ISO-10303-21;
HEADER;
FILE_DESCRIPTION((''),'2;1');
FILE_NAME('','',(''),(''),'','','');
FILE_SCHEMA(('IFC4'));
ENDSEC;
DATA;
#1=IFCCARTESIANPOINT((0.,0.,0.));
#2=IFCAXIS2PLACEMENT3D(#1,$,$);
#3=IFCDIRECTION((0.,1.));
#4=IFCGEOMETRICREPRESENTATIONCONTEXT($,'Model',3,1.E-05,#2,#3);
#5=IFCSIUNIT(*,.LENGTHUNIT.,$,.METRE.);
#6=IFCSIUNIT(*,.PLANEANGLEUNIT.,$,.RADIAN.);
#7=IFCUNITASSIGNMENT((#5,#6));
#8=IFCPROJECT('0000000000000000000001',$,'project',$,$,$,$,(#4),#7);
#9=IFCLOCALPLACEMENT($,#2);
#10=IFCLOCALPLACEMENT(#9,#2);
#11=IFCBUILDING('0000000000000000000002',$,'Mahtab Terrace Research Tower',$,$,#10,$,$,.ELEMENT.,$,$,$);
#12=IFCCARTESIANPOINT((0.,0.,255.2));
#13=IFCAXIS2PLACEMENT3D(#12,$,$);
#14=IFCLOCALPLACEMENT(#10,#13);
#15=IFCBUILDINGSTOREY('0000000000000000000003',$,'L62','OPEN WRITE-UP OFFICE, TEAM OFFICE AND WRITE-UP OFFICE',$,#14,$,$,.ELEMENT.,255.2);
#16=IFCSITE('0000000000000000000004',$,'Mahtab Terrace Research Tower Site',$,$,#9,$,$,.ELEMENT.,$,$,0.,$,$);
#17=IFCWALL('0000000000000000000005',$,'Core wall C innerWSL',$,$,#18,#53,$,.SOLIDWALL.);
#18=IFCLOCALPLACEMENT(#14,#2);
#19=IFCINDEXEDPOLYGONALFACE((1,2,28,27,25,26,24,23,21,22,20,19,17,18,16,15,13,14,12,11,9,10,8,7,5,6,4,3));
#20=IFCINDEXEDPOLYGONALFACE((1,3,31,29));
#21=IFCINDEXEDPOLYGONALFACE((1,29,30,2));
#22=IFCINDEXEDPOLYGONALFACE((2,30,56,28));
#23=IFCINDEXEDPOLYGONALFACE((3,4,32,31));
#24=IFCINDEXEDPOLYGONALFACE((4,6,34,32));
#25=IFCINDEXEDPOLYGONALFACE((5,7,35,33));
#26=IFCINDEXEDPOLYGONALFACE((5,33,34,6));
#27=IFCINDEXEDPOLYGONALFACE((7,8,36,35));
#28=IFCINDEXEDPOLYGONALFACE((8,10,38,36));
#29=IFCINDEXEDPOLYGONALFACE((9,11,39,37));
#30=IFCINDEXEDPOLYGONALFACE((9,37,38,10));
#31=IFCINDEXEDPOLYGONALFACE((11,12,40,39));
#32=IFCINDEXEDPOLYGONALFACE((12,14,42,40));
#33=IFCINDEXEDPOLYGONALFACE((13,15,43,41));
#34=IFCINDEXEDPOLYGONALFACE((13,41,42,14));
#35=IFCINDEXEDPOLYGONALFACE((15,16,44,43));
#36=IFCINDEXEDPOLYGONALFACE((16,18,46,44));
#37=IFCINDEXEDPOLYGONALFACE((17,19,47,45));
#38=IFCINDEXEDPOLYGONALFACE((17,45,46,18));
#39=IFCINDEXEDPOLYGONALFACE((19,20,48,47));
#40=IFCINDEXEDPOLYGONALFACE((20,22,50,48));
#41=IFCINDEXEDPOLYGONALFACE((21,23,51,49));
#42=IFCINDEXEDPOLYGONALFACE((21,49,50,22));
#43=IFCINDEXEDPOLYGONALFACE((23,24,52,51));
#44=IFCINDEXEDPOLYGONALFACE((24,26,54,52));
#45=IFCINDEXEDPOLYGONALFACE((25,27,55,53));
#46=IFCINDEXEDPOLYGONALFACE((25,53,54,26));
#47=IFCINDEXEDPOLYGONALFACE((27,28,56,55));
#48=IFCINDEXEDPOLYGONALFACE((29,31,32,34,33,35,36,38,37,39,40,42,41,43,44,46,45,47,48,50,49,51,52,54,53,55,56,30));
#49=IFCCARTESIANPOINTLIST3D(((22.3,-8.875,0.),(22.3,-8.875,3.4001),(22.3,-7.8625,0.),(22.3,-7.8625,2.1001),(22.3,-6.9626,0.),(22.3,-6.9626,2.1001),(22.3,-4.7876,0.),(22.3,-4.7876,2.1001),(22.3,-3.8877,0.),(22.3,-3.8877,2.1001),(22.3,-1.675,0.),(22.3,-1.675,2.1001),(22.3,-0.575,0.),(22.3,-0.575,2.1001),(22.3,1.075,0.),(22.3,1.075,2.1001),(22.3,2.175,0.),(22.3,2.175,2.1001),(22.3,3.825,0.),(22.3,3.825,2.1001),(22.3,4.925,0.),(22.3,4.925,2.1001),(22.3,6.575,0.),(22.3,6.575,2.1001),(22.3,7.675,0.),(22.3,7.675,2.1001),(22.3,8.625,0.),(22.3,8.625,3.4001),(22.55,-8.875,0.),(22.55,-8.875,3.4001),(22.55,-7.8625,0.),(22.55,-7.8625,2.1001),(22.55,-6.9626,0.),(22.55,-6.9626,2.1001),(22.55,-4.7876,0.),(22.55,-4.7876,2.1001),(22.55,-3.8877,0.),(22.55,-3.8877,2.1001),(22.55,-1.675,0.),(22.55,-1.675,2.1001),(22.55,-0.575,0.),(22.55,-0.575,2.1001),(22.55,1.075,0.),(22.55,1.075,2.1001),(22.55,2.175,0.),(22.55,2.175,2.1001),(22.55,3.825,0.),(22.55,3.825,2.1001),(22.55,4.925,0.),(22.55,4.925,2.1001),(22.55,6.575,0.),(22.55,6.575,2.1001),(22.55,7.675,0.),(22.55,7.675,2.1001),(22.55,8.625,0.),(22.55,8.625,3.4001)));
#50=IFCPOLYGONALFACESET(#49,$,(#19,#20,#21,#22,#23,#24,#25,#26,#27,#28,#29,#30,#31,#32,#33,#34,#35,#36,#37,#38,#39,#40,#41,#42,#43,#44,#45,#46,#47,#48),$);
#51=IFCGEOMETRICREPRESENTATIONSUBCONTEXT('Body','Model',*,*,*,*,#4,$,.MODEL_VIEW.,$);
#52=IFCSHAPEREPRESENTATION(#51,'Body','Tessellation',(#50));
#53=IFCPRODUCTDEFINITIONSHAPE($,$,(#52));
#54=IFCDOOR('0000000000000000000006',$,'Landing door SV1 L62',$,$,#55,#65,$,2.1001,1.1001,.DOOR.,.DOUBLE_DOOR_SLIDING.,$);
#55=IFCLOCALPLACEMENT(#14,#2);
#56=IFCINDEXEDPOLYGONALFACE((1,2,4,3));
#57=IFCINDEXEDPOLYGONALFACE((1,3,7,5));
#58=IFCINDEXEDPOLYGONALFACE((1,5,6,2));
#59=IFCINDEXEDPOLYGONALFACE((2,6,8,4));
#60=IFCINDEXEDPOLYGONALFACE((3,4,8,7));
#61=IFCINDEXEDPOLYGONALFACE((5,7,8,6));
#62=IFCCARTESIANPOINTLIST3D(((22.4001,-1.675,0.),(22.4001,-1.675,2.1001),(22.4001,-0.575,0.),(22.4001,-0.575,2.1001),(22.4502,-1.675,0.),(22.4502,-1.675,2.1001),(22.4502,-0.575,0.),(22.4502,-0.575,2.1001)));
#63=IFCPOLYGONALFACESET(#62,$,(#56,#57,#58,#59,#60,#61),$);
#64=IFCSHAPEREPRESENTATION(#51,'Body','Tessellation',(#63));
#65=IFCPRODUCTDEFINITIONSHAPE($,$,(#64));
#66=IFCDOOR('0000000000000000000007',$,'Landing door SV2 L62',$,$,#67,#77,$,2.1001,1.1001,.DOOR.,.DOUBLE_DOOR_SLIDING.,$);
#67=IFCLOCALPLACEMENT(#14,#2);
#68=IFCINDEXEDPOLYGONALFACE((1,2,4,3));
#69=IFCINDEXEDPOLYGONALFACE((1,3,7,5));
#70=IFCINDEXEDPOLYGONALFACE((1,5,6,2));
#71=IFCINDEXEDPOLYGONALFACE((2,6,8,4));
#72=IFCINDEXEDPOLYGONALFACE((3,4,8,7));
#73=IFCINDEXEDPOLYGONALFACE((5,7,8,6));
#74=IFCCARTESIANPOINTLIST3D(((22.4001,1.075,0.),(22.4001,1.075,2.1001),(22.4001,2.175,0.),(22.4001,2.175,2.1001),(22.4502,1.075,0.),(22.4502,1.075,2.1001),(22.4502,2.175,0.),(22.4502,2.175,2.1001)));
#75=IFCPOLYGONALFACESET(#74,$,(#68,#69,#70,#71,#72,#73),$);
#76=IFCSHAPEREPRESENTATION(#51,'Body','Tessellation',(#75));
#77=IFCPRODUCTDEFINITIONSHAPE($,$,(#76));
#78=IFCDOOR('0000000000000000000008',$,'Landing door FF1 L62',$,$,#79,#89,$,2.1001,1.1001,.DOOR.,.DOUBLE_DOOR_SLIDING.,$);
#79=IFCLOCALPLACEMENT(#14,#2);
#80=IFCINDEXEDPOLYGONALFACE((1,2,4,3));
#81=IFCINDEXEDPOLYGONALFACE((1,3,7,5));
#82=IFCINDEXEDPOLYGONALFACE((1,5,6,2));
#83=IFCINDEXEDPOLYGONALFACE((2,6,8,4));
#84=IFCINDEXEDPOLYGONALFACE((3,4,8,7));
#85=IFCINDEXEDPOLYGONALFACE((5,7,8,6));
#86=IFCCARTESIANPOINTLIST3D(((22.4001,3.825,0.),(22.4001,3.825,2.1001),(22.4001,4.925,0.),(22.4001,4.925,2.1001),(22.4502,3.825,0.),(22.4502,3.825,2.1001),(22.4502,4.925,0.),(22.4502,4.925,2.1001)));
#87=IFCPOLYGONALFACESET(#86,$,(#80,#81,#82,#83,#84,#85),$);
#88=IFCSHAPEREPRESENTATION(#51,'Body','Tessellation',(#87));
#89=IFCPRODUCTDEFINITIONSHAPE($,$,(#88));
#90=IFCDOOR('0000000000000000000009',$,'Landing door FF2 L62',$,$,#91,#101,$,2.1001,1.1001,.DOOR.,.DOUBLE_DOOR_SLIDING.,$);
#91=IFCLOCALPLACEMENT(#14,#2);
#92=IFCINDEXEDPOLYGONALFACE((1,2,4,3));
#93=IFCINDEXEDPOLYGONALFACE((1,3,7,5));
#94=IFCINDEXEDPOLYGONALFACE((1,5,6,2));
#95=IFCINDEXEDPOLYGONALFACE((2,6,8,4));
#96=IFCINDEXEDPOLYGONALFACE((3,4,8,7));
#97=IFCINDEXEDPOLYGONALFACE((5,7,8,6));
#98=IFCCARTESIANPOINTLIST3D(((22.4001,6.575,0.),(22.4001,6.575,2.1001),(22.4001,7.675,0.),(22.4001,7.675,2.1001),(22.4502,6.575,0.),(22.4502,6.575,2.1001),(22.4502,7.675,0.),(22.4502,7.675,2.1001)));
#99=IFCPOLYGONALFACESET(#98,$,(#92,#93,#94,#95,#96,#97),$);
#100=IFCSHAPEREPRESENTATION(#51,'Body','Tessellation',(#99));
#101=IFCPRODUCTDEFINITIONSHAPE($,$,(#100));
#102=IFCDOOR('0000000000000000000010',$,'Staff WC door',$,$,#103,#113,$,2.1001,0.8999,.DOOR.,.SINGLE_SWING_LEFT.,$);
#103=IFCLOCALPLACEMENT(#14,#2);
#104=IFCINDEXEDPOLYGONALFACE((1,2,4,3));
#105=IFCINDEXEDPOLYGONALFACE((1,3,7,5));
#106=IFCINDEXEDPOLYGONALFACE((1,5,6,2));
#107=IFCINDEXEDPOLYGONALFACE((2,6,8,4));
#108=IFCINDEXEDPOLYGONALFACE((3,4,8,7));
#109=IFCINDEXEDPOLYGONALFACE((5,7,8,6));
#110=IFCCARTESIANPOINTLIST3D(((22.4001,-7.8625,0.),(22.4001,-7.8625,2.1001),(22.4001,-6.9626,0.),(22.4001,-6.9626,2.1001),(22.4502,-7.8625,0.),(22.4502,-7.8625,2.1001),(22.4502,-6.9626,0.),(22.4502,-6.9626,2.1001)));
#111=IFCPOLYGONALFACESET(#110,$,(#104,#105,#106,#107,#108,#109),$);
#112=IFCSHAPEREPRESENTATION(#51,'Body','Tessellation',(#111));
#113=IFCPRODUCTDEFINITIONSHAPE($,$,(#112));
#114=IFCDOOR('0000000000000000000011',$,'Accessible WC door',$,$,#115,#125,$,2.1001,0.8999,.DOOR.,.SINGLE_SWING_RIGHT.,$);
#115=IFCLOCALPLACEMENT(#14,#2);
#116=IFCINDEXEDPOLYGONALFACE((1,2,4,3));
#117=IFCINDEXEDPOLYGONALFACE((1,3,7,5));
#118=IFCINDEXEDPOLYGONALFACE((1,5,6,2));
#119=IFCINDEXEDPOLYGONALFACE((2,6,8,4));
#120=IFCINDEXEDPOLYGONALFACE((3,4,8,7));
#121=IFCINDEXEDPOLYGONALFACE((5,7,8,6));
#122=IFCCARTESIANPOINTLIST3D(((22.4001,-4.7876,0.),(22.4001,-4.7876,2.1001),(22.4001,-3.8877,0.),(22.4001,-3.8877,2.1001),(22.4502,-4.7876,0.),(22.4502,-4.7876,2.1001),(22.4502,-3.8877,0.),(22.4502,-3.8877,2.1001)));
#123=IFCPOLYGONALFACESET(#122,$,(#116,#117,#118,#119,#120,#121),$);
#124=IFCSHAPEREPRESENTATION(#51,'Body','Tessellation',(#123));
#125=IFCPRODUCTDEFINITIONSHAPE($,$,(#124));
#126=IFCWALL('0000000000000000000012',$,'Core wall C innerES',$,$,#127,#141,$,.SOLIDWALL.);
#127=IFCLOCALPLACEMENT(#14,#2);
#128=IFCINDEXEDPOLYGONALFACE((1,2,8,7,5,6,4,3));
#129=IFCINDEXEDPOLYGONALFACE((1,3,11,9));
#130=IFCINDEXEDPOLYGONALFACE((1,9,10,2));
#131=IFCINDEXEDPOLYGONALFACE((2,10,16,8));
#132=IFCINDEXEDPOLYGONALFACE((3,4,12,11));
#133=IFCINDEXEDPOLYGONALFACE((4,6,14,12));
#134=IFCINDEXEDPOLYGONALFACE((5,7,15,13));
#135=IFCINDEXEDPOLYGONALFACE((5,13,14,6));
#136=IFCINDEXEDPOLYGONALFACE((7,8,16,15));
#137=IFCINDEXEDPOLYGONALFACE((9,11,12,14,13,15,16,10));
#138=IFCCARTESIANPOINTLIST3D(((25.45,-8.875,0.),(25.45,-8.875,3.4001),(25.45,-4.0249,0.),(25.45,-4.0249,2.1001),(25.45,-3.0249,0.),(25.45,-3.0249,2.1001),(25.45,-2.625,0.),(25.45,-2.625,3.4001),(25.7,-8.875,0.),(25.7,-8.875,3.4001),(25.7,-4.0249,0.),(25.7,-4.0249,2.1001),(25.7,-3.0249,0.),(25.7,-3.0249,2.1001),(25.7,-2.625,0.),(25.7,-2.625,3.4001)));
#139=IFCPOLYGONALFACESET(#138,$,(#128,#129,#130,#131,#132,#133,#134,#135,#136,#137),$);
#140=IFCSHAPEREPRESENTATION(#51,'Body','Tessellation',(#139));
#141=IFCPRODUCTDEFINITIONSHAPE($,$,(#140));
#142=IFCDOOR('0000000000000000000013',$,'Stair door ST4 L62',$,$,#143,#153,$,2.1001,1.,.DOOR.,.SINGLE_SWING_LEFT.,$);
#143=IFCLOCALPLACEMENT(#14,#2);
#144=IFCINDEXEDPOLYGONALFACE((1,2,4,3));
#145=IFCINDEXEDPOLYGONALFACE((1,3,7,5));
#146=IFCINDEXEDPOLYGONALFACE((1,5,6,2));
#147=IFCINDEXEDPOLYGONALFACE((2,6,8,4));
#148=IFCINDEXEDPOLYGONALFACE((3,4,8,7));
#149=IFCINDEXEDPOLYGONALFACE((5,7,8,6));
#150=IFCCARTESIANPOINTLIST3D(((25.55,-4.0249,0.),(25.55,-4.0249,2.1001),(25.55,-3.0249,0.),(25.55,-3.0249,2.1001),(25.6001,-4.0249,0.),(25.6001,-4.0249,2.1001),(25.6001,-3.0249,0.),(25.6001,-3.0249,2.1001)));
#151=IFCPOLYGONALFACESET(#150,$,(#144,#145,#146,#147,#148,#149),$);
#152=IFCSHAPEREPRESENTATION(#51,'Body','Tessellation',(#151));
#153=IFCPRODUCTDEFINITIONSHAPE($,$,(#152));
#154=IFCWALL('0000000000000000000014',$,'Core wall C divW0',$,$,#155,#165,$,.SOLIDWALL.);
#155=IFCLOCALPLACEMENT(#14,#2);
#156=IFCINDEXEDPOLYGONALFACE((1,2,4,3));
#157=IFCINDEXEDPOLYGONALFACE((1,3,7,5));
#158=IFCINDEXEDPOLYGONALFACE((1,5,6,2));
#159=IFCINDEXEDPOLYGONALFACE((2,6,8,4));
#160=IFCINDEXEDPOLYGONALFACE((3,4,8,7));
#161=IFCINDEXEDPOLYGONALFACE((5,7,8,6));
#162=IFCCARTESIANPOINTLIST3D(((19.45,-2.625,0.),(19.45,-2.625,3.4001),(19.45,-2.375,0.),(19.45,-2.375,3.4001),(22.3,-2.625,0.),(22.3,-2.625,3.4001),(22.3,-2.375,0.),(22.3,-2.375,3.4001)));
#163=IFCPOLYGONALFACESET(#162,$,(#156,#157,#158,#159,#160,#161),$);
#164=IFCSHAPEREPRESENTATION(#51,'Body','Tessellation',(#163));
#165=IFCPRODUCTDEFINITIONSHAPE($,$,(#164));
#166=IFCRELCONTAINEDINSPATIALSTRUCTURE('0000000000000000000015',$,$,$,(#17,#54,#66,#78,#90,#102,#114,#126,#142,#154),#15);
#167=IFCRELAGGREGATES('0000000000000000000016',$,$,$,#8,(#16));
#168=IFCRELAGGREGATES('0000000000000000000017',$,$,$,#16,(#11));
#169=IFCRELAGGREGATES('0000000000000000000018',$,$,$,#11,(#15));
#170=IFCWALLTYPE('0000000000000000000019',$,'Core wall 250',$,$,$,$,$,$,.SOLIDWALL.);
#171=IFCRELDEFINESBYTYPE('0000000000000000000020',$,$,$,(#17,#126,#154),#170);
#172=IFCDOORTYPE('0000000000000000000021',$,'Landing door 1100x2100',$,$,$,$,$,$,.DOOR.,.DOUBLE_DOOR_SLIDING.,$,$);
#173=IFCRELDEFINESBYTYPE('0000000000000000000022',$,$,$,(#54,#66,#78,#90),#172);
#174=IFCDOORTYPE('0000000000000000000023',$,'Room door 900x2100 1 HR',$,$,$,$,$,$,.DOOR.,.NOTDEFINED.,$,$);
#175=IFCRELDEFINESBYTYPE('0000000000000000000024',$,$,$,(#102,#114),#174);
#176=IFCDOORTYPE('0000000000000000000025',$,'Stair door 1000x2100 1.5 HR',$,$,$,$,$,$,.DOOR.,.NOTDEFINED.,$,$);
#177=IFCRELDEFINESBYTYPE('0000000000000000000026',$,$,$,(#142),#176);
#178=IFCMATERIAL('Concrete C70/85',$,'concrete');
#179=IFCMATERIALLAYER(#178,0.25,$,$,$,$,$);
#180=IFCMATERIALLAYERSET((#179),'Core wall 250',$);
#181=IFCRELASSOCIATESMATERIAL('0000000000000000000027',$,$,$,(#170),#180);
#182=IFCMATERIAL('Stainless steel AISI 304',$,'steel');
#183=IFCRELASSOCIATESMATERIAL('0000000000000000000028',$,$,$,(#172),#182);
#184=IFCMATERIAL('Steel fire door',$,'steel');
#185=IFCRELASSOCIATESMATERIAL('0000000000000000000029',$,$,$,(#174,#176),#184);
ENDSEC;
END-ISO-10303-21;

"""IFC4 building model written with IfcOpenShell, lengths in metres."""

from ifc_helpers import new_model, si_unit, direction, frame, frame_2d, origin, place, context, subcontext, project, spatial, rectangle, extrude, material, layer, layer_set, type_object, element, fill, save


model = new_model("IFC4")

# Units and contexts
model_context = context("Model", 3, precision=1e-05, world=origin(), true_north=direction((0.0, 1.0)))
body_context = subcontext(model_context, "Body", "Model", "MODEL_VIEW")
ifc_project = project(units=[si_unit("LENGTHUNIT", "METRE"), si_unit("PLANEANGLEUNIT", "RADIAN")], contexts=[model_context])

# Site, building, storey
site_placement = place(None, origin())
site = spatial("IfcSite", under=ifc_project, at=site_placement, Name="Mahtab Terrace Research Tower Site", CompositionType="ELEMENT", RefElevation=0.0)
building_placement = place(site_placement, origin())
building = spatial("IfcBuilding", under=site, at=building_placement, Name="Mahtab Terrace Research Tower", CompositionType="ELEMENT")
storey_placement = place(building_placement, frame((0.0, 0.0, 255.2)))
storey = spatial("IfcBuildingStorey", under=building, at=storey_placement, Name="L62", Description="OPEN WRITE-UP OFFICE, TEAM OFFICE AND WRITE-UP OFFICE", CompositionType="ELEMENT", Elevation=255.2)

# Wall, openings, doors
ifc_material_1 = material(Name="Concrete C70/85", Category="concrete")
ifc_layer_1 = layer(ifc_material_1, 0.25)
ifc_layer_set_1 = layer_set([ifc_layer_1], Name="Core wall 250")
wall_type_1 = type_object("IfcWallType", Name="Core wall 250", PredefinedType="SOLIDWALL", material=ifc_layer_set_1)
wall_1_placement = place(storey_placement, frame((22.425, -8.875, 0.0), z_axis=(0.0, 0.0, 1.0), x_axis=(0.0, 1.0, 0.0)))
wall_1 = element("IfcWall", 1, at=wall_1_placement, inside=storey, type_object=wall_type_1, Name="Core wall C innerWSL", PredefinedType="SOLIDWALL", context=body_context, shape_type="SweptSolid", body=[
    extrude(rectangle(XDim=17.5, YDim=0.25, at=frame_2d((8.75, 0.0))), origin(), (0.0, 0.0, 1.0), 3.4001),
])
opening_1_placement = place(wall_1_placement, frame((7.2, 0.0, 0.0)))
opening_1 = element("IfcOpeningElement", 2, at=opening_1_placement, cuts=wall_1, PredefinedType="OPENING", context=body_context, shape_type="SweptSolid", body=[
    extrude(rectangle(XDim=1.1001, YDim=2.1001, at=frame_2d((0.55, 1.05))), frame((0.0, 0.135, 0.0), z_axis=(0.0, -1.0, 0.0), x_axis=(1.0, 0.0, 0.0)), (0.0, 0.0, 1.0), 0.27),
])
opening_2_placement = place(wall_1_placement, frame((9.95, 0.0, 0.0)))
opening_2 = element("IfcOpeningElement", 3, at=opening_2_placement, cuts=wall_1, PredefinedType="OPENING", context=body_context, shape_type="SweptSolid", body=[
    extrude(rectangle(XDim=1.1001, YDim=2.1001, at=frame_2d((0.55, 1.05))), frame((0.0, 0.135, 0.0), z_axis=(0.0, -1.0, 0.0), x_axis=(1.0, 0.0, 0.0)), (0.0, 0.0, 1.0), 0.27),
])
opening_3_placement = place(wall_1_placement, frame((12.7, 0.0, 0.0)))
opening_3 = element("IfcOpeningElement", 4, at=opening_3_placement, cuts=wall_1, PredefinedType="OPENING", context=body_context, shape_type="SweptSolid", body=[
    extrude(rectangle(XDim=1.1001, YDim=2.1001, at=frame_2d((0.55, 1.05))), frame((0.0, 0.135, 0.0), z_axis=(0.0, -1.0, 0.0), x_axis=(1.0, 0.0, 0.0)), (0.0, 0.0, 1.0), 0.27),
])
opening_4_placement = place(wall_1_placement, frame((15.45, 0.0, 0.0)))
opening_4 = element("IfcOpeningElement", 5, at=opening_4_placement, cuts=wall_1, PredefinedType="OPENING", context=body_context, shape_type="SweptSolid", body=[
    extrude(rectangle(XDim=1.1001, YDim=2.1001, at=frame_2d((0.55, 1.05))), frame((0.0, 0.135, 0.0), z_axis=(0.0, -1.0, 0.0), x_axis=(1.0, 0.0, 0.0)), (0.0, 0.0, 1.0), 0.27),
])
opening_5_placement = place(wall_1_placement, frame((1.0125, 0.0, 0.0)))
opening_5 = element("IfcOpeningElement", 6, at=opening_5_placement, cuts=wall_1, PredefinedType="OPENING", context=body_context, shape_type="SweptSolid", body=[
    extrude(rectangle(XDim=0.8999, YDim=2.1001, at=frame_2d((0.45, 1.05))), frame((0.0, 0.135, 0.0), z_axis=(0.0, -1.0, 0.0), x_axis=(1.0, 0.0, 0.0)), (0.0, 0.0, 1.0), 0.27),
])
opening_6_placement = place(wall_1_placement, frame((4.0874, 0.0, 0.0)))
opening_6 = element("IfcOpeningElement", 7, at=opening_6_placement, cuts=wall_1, PredefinedType="OPENING", context=body_context, shape_type="SweptSolid", body=[
    extrude(rectangle(XDim=0.8999, YDim=2.1001, at=frame_2d((0.45, 1.05))), frame((0.0, 0.135, 0.0), z_axis=(0.0, -1.0, 0.0), x_axis=(1.0, 0.0, 0.0)), (0.0, 0.0, 1.0), 0.27),
])
ifc_material_2 = material(Name="Stainless steel AISI 304", Category="steel")
door_type_1 = type_object("IfcDoorType", Name="Landing door 1100x2100", OperationType="DOUBLE_DOOR_SLIDING", PredefinedType="DOOR", material=ifc_material_2)
door_1_placement = place(opening_1_placement, origin())
door_1 = element("IfcDoor", 8, at=door_1_placement, inside=storey, type_object=door_type_1, Name="Landing door SV1 L62", OperationType="DOUBLE_DOOR_SLIDING", OverallHeight=2.1001, OverallWidth=1.1001, PredefinedType="DOOR", context=body_context, shape_type="SweptSolid", body=[
    extrude(rectangle(XDim=1.1001, YDim=2.1001, at=frame_2d((0.55, 1.05))), frame((0.0, 0.0249, 0.0), z_axis=(0.0, -1.0, 0.0), x_axis=(1.0, 0.0, 0.0)), (0.0, 0.0, 1.0), 0.05),
])
fill(opening_1, door_1)
door_2_placement = place(opening_2_placement, origin())
door_2 = element("IfcDoor", 9, at=door_2_placement, inside=storey, type_object=door_type_1, Name="Landing door SV2 L62", OperationType="DOUBLE_DOOR_SLIDING", OverallHeight=2.1001, OverallWidth=1.1001, PredefinedType="DOOR", context=body_context, shape_type="SweptSolid", body=[
    extrude(rectangle(XDim=1.1001, YDim=2.1001, at=frame_2d((0.55, 1.05))), frame((0.0, 0.0249, 0.0), z_axis=(0.0, -1.0, 0.0), x_axis=(1.0, 0.0, 0.0)), (0.0, 0.0, 1.0), 0.05),
])
fill(opening_2, door_2)
door_3_placement = place(opening_3_placement, origin())
door_3 = element("IfcDoor", 10, at=door_3_placement, inside=storey, type_object=door_type_1, Name="Landing door FF1 L62", OperationType="DOUBLE_DOOR_SLIDING", OverallHeight=2.1001, OverallWidth=1.1001, PredefinedType="DOOR", context=body_context, shape_type="SweptSolid", body=[
    extrude(rectangle(XDim=1.1001, YDim=2.1001, at=frame_2d((0.55, 1.05))), frame((0.0, 0.0249, 0.0), z_axis=(0.0, -1.0, 0.0), x_axis=(1.0, 0.0, 0.0)), (0.0, 0.0, 1.0), 0.05),
])
fill(opening_3, door_3)
door_4_placement = place(opening_4_placement, origin())
door_4 = element("IfcDoor", 11, at=door_4_placement, inside=storey, type_object=door_type_1, Name="Landing door FF2 L62", OperationType="DOUBLE_DOOR_SLIDING", OverallHeight=2.1001, OverallWidth=1.1001, PredefinedType="DOOR", context=body_context, shape_type="SweptSolid", body=[
    extrude(rectangle(XDim=1.1001, YDim=2.1001, at=frame_2d((0.55, 1.05))), frame((0.0, 0.0249, 0.0), z_axis=(0.0, -1.0, 0.0), x_axis=(1.0, 0.0, 0.0)), (0.0, 0.0, 1.0), 0.05),
])
fill(opening_4, door_4)
ifc_material_3 = material(Name="Steel fire door", Category="steel")
door_type_2 = type_object("IfcDoorType", Name="Room door 900x2100 1 HR", OperationType="NOTDEFINED", PredefinedType="DOOR", material=ifc_material_3)
door_5_placement = place(opening_5_placement, origin())
door_5 = element("IfcDoor", 12, at=door_5_placement, inside=storey, type_object=door_type_2, Name="Staff WC door", OperationType="SINGLE_SWING_LEFT", OverallHeight=2.1001, OverallWidth=0.8999, PredefinedType="DOOR", context=body_context, shape_type="SweptSolid", body=[
    extrude(rectangle(XDim=0.8999, YDim=2.1001, at=frame_2d((0.45, 1.05))), frame((0.0, 0.0249, 0.0), z_axis=(0.0, -1.0, 0.0), x_axis=(1.0, 0.0, 0.0)), (0.0, 0.0, 1.0), 0.05),
])
fill(opening_5, door_5)
door_6_placement = place(opening_6_placement, origin())
door_6 = element("IfcDoor", 13, at=door_6_placement, inside=storey, type_object=door_type_2, Name="Accessible WC door", OperationType="SINGLE_SWING_RIGHT", OverallHeight=2.1001, OverallWidth=0.8999, PredefinedType="DOOR", context=body_context, shape_type="SweptSolid", body=[
    extrude(rectangle(XDim=0.8999, YDim=2.1001, at=frame_2d((0.45, 1.05))), frame((0.0, 0.0249, 0.0), z_axis=(0.0, -1.0, 0.0), x_axis=(1.0, 0.0, 0.0)), (0.0, 0.0, 1.0), 0.05),
])
fill(opening_6, door_6)

# Wall, opening, door
wall_2_placement = place(storey_placement, frame((25.575, -8.875, 0.0), z_axis=(0.0, 0.0, 1.0), x_axis=(0.0, 1.0, 0.0)))
wall_2 = element("IfcWall", 14, at=wall_2_placement, inside=storey, type_object=wall_type_1, Name="Core wall C innerES", PredefinedType="SOLIDWALL", context=body_context, shape_type="SweptSolid", body=[
    extrude(rectangle(XDim=6.25, YDim=0.25, at=frame_2d((3.125, 0.0))), origin(), (0.0, 0.0, 1.0), 3.4001),
])
opening_7_placement = place(wall_2_placement, frame((4.8501, 0.0, 0.0)))
opening_7 = element("IfcOpeningElement", 15, at=opening_7_placement, cuts=wall_2, PredefinedType="OPENING", context=body_context, shape_type="SweptSolid", body=[
    extrude(rectangle(XDim=1.0, YDim=2.1001, at=frame_2d((0.5, 1.05))), frame((0.0, 0.135, 0.0), z_axis=(0.0, -1.0, 0.0), x_axis=(1.0, 0.0, 0.0)), (0.0, 0.0, 1.0), 0.27),
])
door_type_3 = type_object("IfcDoorType", Name="Stair door 1000x2100 1.5 HR", OperationType="NOTDEFINED", PredefinedType="DOOR", material=ifc_material_3)
door_7_placement = place(opening_7_placement, origin())
door_7 = element("IfcDoor", 16, at=door_7_placement, inside=storey, type_object=door_type_3, Name="Stair door ST4 L62", OperationType="SINGLE_SWING_LEFT", OverallHeight=2.1001, OverallWidth=1.0, PredefinedType="DOOR", context=body_context, shape_type="SweptSolid", body=[
    extrude(rectangle(XDim=1.0, YDim=2.1001, at=frame_2d((0.5, 1.05))), frame((0.0, 0.0249, 0.0), z_axis=(0.0, -1.0, 0.0), x_axis=(1.0, 0.0, 0.0)), (0.0, 0.0, 1.0), 0.05),
])
fill(opening_7, door_7)

# Wall
wall_3_placement = place(storey_placement, frame((19.45, -2.5, 0.0), z_axis=(0.0, 0.0, 1.0), x_axis=(1.0, 0.0, 0.0)))
element("IfcWall", 17, at=wall_3_placement, inside=storey, type_object=wall_type_1, Name="Core wall C divW0", PredefinedType="SOLIDWALL", context=body_context, shape_type="SweptSolid", body=[
    extrude(rectangle(XDim=2.8501, YDim=0.25, at=frame_2d((1.425, 0.0))), origin(), (0.0, 0.0, 1.0), 3.4001),
])

save(model, "model.ifc")
